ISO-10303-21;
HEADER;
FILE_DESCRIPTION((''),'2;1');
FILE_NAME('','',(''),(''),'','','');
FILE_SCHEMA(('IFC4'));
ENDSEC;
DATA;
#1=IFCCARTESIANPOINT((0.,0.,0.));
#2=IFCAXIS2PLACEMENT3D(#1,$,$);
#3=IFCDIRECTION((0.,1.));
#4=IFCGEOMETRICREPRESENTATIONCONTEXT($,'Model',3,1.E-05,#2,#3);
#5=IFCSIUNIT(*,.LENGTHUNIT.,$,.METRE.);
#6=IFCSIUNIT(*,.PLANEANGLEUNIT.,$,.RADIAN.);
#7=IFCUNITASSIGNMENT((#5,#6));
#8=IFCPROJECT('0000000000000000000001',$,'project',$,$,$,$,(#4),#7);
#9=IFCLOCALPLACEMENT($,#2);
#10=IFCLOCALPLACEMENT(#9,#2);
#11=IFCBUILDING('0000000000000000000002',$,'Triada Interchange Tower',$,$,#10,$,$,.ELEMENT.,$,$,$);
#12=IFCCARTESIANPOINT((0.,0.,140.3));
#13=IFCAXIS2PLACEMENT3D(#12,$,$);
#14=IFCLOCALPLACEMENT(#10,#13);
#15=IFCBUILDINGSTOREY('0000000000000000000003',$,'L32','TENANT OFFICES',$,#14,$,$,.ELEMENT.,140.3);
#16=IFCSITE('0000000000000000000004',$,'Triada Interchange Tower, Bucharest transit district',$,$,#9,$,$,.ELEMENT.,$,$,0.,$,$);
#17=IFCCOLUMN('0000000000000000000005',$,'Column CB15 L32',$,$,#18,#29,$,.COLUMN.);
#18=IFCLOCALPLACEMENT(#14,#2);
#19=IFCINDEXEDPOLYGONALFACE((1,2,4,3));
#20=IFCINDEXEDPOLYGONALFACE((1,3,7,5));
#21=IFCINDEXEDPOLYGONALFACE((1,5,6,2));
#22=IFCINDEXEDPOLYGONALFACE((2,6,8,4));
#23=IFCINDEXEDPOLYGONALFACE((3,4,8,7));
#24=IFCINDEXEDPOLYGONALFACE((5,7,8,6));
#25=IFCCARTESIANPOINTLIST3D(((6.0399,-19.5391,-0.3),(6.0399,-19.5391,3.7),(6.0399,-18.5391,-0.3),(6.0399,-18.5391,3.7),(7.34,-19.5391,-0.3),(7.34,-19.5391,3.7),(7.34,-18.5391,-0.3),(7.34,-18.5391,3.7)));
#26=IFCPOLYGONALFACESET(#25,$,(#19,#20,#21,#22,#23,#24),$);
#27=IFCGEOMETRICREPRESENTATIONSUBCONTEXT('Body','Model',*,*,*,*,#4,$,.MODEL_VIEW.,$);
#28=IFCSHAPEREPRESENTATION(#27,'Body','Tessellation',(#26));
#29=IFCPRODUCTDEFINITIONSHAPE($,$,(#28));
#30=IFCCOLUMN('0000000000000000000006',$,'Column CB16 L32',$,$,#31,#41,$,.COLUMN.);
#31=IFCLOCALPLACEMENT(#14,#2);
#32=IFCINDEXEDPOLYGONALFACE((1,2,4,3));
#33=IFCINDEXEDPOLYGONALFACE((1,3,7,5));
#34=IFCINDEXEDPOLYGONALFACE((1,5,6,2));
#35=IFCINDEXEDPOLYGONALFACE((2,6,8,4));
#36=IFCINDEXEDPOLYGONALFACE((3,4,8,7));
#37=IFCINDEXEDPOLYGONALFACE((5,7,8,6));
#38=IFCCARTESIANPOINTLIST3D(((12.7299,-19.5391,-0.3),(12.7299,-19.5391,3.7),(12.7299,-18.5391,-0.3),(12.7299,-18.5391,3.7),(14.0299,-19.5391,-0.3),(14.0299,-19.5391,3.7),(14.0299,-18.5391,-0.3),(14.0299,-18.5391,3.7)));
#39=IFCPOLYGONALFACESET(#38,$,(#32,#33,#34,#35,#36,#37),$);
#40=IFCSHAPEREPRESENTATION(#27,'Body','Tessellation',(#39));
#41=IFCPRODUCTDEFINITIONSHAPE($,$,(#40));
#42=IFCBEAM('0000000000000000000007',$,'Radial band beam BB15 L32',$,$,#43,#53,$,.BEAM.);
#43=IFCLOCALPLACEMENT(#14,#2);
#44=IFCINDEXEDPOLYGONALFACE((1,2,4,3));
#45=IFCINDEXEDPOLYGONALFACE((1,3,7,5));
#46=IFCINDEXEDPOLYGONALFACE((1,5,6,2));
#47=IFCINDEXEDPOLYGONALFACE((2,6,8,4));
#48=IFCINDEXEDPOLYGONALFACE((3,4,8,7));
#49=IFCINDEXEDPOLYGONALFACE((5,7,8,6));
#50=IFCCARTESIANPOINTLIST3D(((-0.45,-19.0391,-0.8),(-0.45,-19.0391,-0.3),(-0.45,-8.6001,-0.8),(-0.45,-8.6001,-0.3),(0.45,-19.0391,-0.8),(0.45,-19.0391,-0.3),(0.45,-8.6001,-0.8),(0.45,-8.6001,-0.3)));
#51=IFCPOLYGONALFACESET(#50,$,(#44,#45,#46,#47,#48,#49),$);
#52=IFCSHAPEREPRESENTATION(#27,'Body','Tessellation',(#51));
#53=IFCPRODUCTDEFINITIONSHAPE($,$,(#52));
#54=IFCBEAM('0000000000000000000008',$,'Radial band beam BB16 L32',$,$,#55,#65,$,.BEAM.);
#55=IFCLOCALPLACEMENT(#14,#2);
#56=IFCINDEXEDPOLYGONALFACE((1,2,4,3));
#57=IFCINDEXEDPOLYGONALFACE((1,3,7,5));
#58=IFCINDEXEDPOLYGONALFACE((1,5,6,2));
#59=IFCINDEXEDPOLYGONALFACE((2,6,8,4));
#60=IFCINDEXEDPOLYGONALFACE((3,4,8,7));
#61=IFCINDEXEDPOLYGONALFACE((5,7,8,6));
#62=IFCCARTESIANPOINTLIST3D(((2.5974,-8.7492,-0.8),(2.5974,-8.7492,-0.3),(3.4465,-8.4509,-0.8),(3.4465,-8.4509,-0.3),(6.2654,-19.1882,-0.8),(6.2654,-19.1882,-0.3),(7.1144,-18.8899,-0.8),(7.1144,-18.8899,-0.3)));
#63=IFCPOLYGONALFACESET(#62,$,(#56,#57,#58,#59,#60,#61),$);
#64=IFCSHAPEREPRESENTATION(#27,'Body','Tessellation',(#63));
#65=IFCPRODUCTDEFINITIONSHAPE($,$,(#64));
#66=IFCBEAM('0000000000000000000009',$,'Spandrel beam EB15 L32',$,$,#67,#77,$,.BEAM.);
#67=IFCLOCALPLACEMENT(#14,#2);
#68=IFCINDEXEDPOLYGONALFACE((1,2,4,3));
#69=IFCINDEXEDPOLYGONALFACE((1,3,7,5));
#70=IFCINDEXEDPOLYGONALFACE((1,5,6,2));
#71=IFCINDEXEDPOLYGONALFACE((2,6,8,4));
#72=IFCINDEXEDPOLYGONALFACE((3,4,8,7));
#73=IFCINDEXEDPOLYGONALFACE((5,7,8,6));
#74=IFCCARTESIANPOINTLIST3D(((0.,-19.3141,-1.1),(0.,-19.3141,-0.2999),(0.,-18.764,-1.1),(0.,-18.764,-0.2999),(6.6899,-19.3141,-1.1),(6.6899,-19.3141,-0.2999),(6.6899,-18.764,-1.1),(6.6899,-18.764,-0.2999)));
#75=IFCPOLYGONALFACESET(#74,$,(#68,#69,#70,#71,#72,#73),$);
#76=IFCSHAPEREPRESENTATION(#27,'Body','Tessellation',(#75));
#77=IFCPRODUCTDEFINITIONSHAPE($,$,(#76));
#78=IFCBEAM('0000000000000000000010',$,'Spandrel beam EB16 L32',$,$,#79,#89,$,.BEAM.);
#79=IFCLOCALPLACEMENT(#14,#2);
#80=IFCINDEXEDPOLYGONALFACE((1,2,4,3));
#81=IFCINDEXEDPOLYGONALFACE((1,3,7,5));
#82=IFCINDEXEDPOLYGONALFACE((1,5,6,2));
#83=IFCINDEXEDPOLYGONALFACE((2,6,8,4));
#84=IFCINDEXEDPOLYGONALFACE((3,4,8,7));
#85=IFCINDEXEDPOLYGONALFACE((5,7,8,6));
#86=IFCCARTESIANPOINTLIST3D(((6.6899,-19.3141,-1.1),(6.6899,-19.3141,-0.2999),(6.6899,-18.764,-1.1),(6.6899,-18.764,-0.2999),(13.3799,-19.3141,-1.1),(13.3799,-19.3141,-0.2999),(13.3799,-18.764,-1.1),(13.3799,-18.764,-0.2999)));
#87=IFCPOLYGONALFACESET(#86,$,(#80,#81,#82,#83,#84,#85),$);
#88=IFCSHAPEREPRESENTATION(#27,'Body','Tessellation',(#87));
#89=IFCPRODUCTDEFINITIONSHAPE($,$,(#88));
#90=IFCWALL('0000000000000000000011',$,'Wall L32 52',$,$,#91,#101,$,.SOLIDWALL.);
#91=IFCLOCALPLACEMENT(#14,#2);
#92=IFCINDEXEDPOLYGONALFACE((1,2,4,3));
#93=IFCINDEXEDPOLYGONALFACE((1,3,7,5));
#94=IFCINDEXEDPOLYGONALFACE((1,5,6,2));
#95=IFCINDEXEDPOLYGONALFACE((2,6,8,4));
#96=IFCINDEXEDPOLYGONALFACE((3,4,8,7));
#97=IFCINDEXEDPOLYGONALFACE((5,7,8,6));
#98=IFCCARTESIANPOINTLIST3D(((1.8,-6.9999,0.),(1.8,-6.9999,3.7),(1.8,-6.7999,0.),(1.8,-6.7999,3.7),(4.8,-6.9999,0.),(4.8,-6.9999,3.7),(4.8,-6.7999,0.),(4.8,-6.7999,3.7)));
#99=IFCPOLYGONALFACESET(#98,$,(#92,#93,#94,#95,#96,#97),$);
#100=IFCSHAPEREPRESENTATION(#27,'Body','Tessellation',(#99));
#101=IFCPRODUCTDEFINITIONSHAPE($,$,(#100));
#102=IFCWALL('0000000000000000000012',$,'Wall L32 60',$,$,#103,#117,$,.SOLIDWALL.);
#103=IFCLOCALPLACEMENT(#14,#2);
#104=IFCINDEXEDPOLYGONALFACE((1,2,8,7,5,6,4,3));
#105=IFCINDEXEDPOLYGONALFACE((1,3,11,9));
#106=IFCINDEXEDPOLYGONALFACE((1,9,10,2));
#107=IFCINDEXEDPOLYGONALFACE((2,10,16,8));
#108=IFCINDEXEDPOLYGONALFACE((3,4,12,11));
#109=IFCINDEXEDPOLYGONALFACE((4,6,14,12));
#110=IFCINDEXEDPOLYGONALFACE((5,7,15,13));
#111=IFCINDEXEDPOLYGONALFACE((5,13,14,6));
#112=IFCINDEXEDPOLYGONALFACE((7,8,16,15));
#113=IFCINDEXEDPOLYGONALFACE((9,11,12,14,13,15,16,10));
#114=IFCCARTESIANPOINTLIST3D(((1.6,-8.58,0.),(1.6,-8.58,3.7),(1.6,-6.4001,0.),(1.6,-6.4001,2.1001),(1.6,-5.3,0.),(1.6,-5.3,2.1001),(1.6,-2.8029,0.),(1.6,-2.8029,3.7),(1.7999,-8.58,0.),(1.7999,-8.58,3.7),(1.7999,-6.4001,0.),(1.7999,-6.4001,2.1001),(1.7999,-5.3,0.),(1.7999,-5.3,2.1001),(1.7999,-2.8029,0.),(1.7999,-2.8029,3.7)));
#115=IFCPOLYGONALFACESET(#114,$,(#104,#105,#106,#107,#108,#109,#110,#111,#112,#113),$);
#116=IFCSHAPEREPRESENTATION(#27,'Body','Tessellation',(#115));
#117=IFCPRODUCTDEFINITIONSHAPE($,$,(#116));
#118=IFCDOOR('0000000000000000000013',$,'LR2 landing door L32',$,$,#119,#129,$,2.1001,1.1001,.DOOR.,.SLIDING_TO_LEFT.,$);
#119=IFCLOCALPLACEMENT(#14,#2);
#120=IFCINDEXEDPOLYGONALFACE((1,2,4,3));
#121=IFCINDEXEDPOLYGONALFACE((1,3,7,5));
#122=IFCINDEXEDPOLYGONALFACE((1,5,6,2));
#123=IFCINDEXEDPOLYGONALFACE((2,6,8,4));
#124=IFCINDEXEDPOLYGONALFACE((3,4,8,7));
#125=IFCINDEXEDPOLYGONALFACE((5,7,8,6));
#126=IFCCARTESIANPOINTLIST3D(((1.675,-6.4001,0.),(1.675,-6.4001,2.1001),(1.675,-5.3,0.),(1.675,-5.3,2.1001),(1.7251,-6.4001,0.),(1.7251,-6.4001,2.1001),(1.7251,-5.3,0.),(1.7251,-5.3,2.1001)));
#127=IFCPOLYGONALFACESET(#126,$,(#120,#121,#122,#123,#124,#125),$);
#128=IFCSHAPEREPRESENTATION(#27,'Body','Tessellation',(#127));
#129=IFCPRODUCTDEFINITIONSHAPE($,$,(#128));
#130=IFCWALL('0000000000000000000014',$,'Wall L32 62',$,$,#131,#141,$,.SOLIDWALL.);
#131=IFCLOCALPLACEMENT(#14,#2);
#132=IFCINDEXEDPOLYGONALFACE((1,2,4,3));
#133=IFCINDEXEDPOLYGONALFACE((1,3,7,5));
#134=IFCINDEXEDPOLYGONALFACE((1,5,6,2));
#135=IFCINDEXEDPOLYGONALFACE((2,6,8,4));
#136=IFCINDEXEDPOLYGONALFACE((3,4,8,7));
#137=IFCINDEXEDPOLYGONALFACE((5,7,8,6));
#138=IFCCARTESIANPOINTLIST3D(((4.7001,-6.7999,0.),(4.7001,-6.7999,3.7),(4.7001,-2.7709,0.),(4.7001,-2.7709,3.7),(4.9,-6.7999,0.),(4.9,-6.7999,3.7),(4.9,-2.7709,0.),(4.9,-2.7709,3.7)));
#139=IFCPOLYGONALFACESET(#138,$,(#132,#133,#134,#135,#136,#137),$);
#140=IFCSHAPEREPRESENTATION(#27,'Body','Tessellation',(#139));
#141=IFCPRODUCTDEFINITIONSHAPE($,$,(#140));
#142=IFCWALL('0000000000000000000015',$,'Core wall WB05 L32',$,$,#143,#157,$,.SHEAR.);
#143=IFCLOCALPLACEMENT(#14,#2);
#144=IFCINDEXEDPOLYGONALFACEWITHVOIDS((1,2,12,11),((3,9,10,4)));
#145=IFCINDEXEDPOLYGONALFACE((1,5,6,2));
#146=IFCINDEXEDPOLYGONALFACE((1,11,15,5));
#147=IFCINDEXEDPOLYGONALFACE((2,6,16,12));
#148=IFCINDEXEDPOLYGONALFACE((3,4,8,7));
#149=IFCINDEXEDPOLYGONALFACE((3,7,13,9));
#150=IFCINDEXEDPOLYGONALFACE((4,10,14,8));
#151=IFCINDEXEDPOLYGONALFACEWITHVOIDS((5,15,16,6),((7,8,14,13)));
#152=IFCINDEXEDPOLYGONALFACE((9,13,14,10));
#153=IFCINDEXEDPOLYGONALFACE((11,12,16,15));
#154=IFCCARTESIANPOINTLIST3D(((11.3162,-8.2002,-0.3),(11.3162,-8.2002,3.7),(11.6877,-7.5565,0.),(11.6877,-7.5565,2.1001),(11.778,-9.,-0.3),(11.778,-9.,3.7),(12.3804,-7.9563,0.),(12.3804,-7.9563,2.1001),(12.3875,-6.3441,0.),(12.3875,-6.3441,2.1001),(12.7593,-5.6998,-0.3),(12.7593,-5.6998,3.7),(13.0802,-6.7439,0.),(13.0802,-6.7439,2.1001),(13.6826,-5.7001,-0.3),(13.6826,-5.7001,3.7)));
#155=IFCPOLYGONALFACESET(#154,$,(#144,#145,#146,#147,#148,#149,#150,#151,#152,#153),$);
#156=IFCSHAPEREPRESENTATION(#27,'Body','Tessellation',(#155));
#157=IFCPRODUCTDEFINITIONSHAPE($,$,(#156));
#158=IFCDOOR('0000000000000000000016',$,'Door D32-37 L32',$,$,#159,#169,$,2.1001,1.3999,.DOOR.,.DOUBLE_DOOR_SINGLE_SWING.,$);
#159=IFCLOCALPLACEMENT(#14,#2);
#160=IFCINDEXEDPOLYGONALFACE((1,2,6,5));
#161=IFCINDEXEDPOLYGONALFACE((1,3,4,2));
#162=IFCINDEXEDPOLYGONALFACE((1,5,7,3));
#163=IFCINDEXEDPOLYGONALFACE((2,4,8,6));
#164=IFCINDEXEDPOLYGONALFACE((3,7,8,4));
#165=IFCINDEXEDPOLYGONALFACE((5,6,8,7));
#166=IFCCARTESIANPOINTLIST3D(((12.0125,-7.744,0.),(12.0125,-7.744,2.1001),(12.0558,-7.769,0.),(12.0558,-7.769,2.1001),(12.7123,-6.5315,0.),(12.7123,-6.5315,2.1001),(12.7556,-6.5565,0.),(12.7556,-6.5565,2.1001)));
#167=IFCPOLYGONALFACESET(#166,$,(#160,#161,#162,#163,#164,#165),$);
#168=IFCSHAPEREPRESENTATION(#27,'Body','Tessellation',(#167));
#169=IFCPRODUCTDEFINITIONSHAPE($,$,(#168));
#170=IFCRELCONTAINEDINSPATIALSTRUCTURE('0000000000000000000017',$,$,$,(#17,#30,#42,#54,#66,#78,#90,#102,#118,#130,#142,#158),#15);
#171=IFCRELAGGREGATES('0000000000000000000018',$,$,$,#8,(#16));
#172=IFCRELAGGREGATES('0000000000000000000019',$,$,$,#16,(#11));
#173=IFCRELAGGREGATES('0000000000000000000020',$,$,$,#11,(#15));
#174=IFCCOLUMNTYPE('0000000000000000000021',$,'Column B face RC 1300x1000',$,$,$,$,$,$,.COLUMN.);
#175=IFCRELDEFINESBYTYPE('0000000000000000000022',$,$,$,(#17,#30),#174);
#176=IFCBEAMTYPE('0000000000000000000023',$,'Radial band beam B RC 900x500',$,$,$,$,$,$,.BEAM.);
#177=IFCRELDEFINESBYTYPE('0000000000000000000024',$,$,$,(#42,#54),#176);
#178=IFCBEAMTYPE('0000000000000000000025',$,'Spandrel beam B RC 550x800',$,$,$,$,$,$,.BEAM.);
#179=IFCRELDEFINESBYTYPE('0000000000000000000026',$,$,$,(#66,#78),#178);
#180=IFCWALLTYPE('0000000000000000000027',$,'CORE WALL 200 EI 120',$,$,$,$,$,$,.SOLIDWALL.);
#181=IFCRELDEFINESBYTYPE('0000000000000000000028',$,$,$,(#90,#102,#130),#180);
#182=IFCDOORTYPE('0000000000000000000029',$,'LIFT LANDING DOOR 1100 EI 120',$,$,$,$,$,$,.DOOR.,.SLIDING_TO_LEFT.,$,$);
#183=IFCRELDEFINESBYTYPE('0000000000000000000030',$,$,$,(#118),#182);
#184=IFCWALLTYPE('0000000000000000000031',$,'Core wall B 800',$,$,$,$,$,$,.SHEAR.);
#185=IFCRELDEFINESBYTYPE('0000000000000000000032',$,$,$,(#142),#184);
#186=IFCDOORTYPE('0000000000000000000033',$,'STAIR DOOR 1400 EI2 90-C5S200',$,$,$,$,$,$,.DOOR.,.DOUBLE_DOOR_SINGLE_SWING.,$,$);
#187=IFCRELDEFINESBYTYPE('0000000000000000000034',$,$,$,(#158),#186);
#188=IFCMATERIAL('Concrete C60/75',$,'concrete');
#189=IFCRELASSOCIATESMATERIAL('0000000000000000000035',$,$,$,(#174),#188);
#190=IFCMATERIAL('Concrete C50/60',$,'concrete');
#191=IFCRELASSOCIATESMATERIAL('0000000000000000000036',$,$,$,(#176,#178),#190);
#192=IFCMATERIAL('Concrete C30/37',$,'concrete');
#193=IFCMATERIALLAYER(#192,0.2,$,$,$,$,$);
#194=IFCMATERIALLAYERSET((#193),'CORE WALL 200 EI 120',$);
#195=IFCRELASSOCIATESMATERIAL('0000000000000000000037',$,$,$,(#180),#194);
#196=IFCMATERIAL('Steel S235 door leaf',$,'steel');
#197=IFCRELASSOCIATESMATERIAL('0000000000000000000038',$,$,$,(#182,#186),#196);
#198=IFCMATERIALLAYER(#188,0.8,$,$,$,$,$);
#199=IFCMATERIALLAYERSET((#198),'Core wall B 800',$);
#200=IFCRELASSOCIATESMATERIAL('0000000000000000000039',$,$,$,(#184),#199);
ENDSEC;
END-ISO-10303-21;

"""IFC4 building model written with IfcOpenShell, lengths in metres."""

from ifc_helpers import new_model, si_unit, direction, frame, frame_2d, origin, origin_2d, place, context, subcontext, project, spatial, polyline, rectangle, outline, extrude, material, layer, layer_set, material_profile, profile_set, type_object, element, fill, save


model = new_model("IFC4")

# Units and contexts
model_context = context("Model", 3, precision=1e-05, world=origin(), true_north=direction((0.0, 1.0)))
body_context = subcontext(model_context, "Body", "Model", "MODEL_VIEW")
ifc_project = project(units=[si_unit("LENGTHUNIT", "METRE"), si_unit("PLANEANGLEUNIT", "RADIAN")], contexts=[model_context])

# Site, building, storey
site_placement = place(None, origin())
site = spatial("IfcSite", under=ifc_project, at=site_placement, Name="Triada Interchange Tower, Bucharest transit district", CompositionType="ELEMENT", RefElevation=0.0)
building_placement = place(site_placement, origin())
building = spatial("IfcBuilding", under=site, at=building_placement, Name="Triada Interchange Tower", CompositionType="ELEMENT")
storey_placement = place(building_placement, frame((0.0, 0.0, 140.3)))
storey = spatial("IfcBuildingStorey", under=building, at=storey_placement, Name="L32", Description="TENANT OFFICES", CompositionType="ELEMENT", Elevation=140.3)

# Columns
ifc_material_1 = material(Name="Concrete C60/75", Category="concrete")
ifc_material_profile_1 = material_profile(ifc_material_1, rectangle(XDim=1.3, YDim=1.0, at=origin_2d()), Name="RC 1300x1000")
ifc_profile_set_1 = profile_set([ifc_material_profile_1], Name="Concrete C60/75")
column_type = type_object("IfcColumnType", Name="Column B face RC 1300x1000", PredefinedType="COLUMN", material=ifc_profile_set_1)
for number, where, z_axis, x_axis, name in (
    (1, (6.6899, -19.0391, -0.3), (0.0, 0.0, 1.0), (1.0, 0.0, 0.0), "Column CB15 L32"),
    (2, (13.3799, -19.0391, -0.3), (0.0, 0.0, 1.0), (1.0, 0.0, 0.0), "Column CB16 L32"),
):
    element("IfcColumn", number, at=place(storey_placement, frame(where, z_axis=z_axis, x_axis=x_axis)), inside=storey, type_object=column_type, Name=name, PredefinedType="COLUMN", context=body_context, shape_type="SweptSolid", body=[
        extrude(rectangle(XDim=1.3, YDim=1.0, at=origin_2d()), origin(), (0.0, 0.0, 1.0), 4.0),
    ])

# Beams
ifc_material_2 = material(Name="Concrete C50/60", Category="concrete")
ifc_material_profile_2 = material_profile(ifc_material_2, rectangle(XDim=0.8999, YDim=0.5, at=origin_2d()), Name="RC 900x500")
ifc_profile_set_2 = profile_set([ifc_material_profile_2], Name="Concrete C50/60")
beam_type_1 = type_object("IfcBeamType", Name="Radial band beam B RC 900x500", PredefinedType="BEAM", material=ifc_profile_set_2)
beam_1_placement = place(storey_placement, frame((0.0, -19.0391, -0.55), z_axis=(0.0, 1.0, 0.0), x_axis=(-1.0, 0.0, 0.0)))
element("IfcBeam", 3, at=beam_1_placement, inside=storey, type_object=beam_type_1, Name="Radial band beam BB15 L32", PredefinedType="BEAM", context=body_context, shape_type="SweptSolid", body=[
    extrude(rectangle(XDim=0.8999, YDim=0.5, at=origin_2d()), origin(), (0.0, 0.0, 1.0), 10.439),
])
beam_2_placement = place(storey_placement, frame((6.6899, -19.0391, -0.55), z_axis=(-0.331504, 0.943454, 0.0), x_axis=(-0.943454, -0.331504, 0.0)))
element("IfcBeam", 4, at=beam_2_placement, inside=storey, type_object=beam_type_1, Name="Radial band beam BB16 L32", PredefinedType="BEAM", context=body_context, shape_type="SweptSolid", body=[
    extrude(rectangle(XDim=0.8999, YDim=0.5, at=origin_2d()), origin(), (0.0, 0.0, 1.0), 11.0647),
])
ifc_material_profile_3 = material_profile(ifc_material_2, rectangle(XDim=0.55, YDim=0.8, at=origin_2d()), Name="RC 550x800")
ifc_profile_set_3 = profile_set([ifc_material_profile_3], Name="Concrete C50/60")
beam_type_2 = type_object("IfcBeamType", Name="Spandrel beam B RC 550x800", PredefinedType="BEAM", material=ifc_profile_set_3)
for number, where, z_axis, x_axis, name in (
    (5, (0.0, -19.0391, -0.7), (1.0, 0.0, 0.0), (0.0, 1.0, 0.0), "Spandrel beam EB15 L32"),
    (6, (6.6899, -19.0391, -0.7), (1.0, 0.0, 0.0), (0.0, 1.0, 0.0), "Spandrel beam EB16 L32"),
):
    element("IfcBeam", number, at=place(storey_placement, frame(where, z_axis=z_axis, x_axis=x_axis)), inside=storey, type_object=beam_type_2, Name=name, PredefinedType="BEAM", context=body_context, shape_type="SweptSolid", body=[
        extrude(rectangle(XDim=0.55, YDim=0.8, at=origin_2d()), origin(), (0.0, 0.0, 1.0), 6.6899),
    ])

# Wall
ifc_material_3 = material(Name="Concrete C30/37", Category="concrete")
ifc_layer_1 = layer(ifc_material_3, 0.2)
ifc_layer_set_1 = layer_set([ifc_layer_1], Name="CORE WALL 200 EI 120")
wall_type_1 = type_object("IfcWallType", Name="CORE WALL 200 EI 120", PredefinedType="SOLIDWALL", material=ifc_layer_set_1)
wall_1_placement = place(storey_placement, frame((1.8, -6.8999, 0.0), z_axis=(0.0, 0.0, 1.0), x_axis=(1.0, 0.0, 0.0)))
element("IfcWall", 7, at=wall_1_placement, inside=storey, type_object=wall_type_1, Name="Wall L32 52", PredefinedType="SOLIDWALL", context=body_context, shape_type="SweptSolid", body=[
    extrude(rectangle(XDim=3.0, YDim=0.2, at=frame_2d((1.5, 0.0))), origin(), (0.0, 0.0, 1.0), 3.7),
])

# Wall, opening, door
wall_2_placement = place(storey_placement, frame((1.7, -8.5801, 0.0), z_axis=(0.0, 0.0, 1.0), x_axis=(0.0, 1.0, 0.0)))
wall_2 = element("IfcWall", 8, at=wall_2_placement, inside=storey, type_object=wall_type_1, Name="Wall L32 60", PredefinedType="SOLIDWALL", context=body_context, shape_type="SweptSolid", body=[
    extrude(rectangle(XDim=5.7771, YDim=0.2, at=frame_2d((2.8887, 0.0))), origin(), (0.0, 0.0, 1.0), 3.7),
])
opening_1_placement = place(wall_2_placement, frame((2.1799, 0.0, 0.0)))
opening_1 = element("IfcOpeningElement", 9, at=opening_1_placement, cuts=wall_2, PredefinedType="OPENING", context=body_context, shape_type="SweptSolid", body=[
    extrude(rectangle(XDim=1.1001, YDim=2.1001, at=frame_2d((0.55, 1.05))), frame((0.0, 0.1099, 0.0), z_axis=(0.0, -1.0, 0.0), x_axis=(1.0, 0.0, 0.0)), (0.0, 0.0, 1.0), 0.22),
])
ifc_material_4 = material(Name="Steel S235 door leaf", Category="steel")
door_type_1 = type_object("IfcDoorType", Name="LIFT LANDING DOOR 1100 EI 120", OperationType="SLIDING_TO_LEFT", PredefinedType="DOOR", material=ifc_material_4)
door_1_placement = place(opening_1_placement, origin())
door_1 = element("IfcDoor", 10, at=door_1_placement, inside=storey, type_object=door_type_1, Name="LR2 landing door L32", OperationType="SLIDING_TO_LEFT", OverallHeight=2.1001, OverallWidth=1.1001, PredefinedType="DOOR", context=body_context, shape_type="SweptSolid", body=[
    extrude(rectangle(XDim=1.1001, YDim=2.1001, at=frame_2d((0.55, 1.05))), frame((0.0, 0.0249, 0.0), z_axis=(0.0, -1.0, 0.0), x_axis=(1.0, 0.0, 0.0)), (0.0, 0.0, 1.0), 0.05),
])
fill(opening_1, door_1)

# Wall
wall_3_placement = place(storey_placement, frame((4.8, -6.8, 0.0), z_axis=(0.0, 0.0, 1.0), x_axis=(0.0, 1.0, 0.0)))
element("IfcWall", 11, at=wall_3_placement, inside=storey, type_object=wall_type_1, Name="Wall L32 62", PredefinedType="SOLIDWALL", context=body_context, shape_type="SweptSolid", body=[
    extrude(rectangle(XDim=4.0291, YDim=0.2, at=frame_2d((2.0146, 0.0))), origin(), (0.0, 0.0, 1.0), 3.7),
])

# Wall, opening, door
ifc_layer_2 = layer(ifc_material_1, 0.8)
ifc_layer_set_2 = layer_set([ifc_layer_2], Name="Core wall B 800")
wall_type_2 = type_object("IfcWallType", Name="Core wall B 800", PredefinedType="SHEAR", material=ifc_layer_set_2)
wall_4_placement = place(storey_placement, frame((11.5471, -8.6001, -0.3), z_axis=(0.0, 0.0, 1.0), x_axis=(0.499872, 0.866099, 0.0)))
wall_4 = element("IfcWall", 12, at=wall_4_placement, inside=storey, type_object=wall_type_2, Name="Core wall WB05 L32", PredefinedType="SHEAR", context=body_context, shape_type="SweptSolid", body=[
    extrude(outline(polyline([(-0.231, -0.3999), (1.6741, -0.3999), (3.5791, -0.3999), (3.1179, 0.3999), (1.6743, 0.3999), (0.231, 0.3999), (-0.231, -0.3999)])), origin(), (0.0, 0.0, 1.0), 4.0),
])
opening_2_placement = place(wall_4_placement, frame((0.9741, 0.0, 0.3)))
opening_2 = element("IfcOpeningElement", 13, at=opening_2_placement, cuts=wall_4, PredefinedType="OPENING", context=body_context, shape_type="SweptSolid", body=[
    extrude(rectangle(XDim=1.3999, YDim=2.1001, at=frame_2d((0.7, 1.05))), frame((0.0, 0.4099, 0.0), z_axis=(0.0, -1.0, 0.0), x_axis=(1.0, 0.0, 0.0)), (0.0, 0.0, 1.0), 0.8201),
])
door_type_2 = type_object("IfcDoorType", Name="STAIR DOOR 1400 EI2 90-C5S200", OperationType="DOUBLE_DOOR_SINGLE_SWING", PredefinedType="DOOR", material=ifc_material_4)
door_2_placement = place(opening_2_placement, origin())
door_2 = element("IfcDoor", 14, at=door_2_placement, inside=storey, type_object=door_type_2, Name="Door D32-37 L32", OperationType="DOUBLE_DOOR_SINGLE_SWING", OverallHeight=2.1001, OverallWidth=1.3999, PredefinedType="DOOR", context=body_context, shape_type="SweptSolid", body=[
    extrude(rectangle(XDim=1.3999, YDim=2.1001, at=frame_2d((0.7, 1.05))), frame((0.0, 0.0249, 0.0), z_axis=(0.0, -1.0, 0.0), x_axis=(1.0, 0.0, 0.0)), (0.0, 0.0, 1.0), 0.05),
])
fill(opening_2, door_2)

save(model, "model.ifc")
